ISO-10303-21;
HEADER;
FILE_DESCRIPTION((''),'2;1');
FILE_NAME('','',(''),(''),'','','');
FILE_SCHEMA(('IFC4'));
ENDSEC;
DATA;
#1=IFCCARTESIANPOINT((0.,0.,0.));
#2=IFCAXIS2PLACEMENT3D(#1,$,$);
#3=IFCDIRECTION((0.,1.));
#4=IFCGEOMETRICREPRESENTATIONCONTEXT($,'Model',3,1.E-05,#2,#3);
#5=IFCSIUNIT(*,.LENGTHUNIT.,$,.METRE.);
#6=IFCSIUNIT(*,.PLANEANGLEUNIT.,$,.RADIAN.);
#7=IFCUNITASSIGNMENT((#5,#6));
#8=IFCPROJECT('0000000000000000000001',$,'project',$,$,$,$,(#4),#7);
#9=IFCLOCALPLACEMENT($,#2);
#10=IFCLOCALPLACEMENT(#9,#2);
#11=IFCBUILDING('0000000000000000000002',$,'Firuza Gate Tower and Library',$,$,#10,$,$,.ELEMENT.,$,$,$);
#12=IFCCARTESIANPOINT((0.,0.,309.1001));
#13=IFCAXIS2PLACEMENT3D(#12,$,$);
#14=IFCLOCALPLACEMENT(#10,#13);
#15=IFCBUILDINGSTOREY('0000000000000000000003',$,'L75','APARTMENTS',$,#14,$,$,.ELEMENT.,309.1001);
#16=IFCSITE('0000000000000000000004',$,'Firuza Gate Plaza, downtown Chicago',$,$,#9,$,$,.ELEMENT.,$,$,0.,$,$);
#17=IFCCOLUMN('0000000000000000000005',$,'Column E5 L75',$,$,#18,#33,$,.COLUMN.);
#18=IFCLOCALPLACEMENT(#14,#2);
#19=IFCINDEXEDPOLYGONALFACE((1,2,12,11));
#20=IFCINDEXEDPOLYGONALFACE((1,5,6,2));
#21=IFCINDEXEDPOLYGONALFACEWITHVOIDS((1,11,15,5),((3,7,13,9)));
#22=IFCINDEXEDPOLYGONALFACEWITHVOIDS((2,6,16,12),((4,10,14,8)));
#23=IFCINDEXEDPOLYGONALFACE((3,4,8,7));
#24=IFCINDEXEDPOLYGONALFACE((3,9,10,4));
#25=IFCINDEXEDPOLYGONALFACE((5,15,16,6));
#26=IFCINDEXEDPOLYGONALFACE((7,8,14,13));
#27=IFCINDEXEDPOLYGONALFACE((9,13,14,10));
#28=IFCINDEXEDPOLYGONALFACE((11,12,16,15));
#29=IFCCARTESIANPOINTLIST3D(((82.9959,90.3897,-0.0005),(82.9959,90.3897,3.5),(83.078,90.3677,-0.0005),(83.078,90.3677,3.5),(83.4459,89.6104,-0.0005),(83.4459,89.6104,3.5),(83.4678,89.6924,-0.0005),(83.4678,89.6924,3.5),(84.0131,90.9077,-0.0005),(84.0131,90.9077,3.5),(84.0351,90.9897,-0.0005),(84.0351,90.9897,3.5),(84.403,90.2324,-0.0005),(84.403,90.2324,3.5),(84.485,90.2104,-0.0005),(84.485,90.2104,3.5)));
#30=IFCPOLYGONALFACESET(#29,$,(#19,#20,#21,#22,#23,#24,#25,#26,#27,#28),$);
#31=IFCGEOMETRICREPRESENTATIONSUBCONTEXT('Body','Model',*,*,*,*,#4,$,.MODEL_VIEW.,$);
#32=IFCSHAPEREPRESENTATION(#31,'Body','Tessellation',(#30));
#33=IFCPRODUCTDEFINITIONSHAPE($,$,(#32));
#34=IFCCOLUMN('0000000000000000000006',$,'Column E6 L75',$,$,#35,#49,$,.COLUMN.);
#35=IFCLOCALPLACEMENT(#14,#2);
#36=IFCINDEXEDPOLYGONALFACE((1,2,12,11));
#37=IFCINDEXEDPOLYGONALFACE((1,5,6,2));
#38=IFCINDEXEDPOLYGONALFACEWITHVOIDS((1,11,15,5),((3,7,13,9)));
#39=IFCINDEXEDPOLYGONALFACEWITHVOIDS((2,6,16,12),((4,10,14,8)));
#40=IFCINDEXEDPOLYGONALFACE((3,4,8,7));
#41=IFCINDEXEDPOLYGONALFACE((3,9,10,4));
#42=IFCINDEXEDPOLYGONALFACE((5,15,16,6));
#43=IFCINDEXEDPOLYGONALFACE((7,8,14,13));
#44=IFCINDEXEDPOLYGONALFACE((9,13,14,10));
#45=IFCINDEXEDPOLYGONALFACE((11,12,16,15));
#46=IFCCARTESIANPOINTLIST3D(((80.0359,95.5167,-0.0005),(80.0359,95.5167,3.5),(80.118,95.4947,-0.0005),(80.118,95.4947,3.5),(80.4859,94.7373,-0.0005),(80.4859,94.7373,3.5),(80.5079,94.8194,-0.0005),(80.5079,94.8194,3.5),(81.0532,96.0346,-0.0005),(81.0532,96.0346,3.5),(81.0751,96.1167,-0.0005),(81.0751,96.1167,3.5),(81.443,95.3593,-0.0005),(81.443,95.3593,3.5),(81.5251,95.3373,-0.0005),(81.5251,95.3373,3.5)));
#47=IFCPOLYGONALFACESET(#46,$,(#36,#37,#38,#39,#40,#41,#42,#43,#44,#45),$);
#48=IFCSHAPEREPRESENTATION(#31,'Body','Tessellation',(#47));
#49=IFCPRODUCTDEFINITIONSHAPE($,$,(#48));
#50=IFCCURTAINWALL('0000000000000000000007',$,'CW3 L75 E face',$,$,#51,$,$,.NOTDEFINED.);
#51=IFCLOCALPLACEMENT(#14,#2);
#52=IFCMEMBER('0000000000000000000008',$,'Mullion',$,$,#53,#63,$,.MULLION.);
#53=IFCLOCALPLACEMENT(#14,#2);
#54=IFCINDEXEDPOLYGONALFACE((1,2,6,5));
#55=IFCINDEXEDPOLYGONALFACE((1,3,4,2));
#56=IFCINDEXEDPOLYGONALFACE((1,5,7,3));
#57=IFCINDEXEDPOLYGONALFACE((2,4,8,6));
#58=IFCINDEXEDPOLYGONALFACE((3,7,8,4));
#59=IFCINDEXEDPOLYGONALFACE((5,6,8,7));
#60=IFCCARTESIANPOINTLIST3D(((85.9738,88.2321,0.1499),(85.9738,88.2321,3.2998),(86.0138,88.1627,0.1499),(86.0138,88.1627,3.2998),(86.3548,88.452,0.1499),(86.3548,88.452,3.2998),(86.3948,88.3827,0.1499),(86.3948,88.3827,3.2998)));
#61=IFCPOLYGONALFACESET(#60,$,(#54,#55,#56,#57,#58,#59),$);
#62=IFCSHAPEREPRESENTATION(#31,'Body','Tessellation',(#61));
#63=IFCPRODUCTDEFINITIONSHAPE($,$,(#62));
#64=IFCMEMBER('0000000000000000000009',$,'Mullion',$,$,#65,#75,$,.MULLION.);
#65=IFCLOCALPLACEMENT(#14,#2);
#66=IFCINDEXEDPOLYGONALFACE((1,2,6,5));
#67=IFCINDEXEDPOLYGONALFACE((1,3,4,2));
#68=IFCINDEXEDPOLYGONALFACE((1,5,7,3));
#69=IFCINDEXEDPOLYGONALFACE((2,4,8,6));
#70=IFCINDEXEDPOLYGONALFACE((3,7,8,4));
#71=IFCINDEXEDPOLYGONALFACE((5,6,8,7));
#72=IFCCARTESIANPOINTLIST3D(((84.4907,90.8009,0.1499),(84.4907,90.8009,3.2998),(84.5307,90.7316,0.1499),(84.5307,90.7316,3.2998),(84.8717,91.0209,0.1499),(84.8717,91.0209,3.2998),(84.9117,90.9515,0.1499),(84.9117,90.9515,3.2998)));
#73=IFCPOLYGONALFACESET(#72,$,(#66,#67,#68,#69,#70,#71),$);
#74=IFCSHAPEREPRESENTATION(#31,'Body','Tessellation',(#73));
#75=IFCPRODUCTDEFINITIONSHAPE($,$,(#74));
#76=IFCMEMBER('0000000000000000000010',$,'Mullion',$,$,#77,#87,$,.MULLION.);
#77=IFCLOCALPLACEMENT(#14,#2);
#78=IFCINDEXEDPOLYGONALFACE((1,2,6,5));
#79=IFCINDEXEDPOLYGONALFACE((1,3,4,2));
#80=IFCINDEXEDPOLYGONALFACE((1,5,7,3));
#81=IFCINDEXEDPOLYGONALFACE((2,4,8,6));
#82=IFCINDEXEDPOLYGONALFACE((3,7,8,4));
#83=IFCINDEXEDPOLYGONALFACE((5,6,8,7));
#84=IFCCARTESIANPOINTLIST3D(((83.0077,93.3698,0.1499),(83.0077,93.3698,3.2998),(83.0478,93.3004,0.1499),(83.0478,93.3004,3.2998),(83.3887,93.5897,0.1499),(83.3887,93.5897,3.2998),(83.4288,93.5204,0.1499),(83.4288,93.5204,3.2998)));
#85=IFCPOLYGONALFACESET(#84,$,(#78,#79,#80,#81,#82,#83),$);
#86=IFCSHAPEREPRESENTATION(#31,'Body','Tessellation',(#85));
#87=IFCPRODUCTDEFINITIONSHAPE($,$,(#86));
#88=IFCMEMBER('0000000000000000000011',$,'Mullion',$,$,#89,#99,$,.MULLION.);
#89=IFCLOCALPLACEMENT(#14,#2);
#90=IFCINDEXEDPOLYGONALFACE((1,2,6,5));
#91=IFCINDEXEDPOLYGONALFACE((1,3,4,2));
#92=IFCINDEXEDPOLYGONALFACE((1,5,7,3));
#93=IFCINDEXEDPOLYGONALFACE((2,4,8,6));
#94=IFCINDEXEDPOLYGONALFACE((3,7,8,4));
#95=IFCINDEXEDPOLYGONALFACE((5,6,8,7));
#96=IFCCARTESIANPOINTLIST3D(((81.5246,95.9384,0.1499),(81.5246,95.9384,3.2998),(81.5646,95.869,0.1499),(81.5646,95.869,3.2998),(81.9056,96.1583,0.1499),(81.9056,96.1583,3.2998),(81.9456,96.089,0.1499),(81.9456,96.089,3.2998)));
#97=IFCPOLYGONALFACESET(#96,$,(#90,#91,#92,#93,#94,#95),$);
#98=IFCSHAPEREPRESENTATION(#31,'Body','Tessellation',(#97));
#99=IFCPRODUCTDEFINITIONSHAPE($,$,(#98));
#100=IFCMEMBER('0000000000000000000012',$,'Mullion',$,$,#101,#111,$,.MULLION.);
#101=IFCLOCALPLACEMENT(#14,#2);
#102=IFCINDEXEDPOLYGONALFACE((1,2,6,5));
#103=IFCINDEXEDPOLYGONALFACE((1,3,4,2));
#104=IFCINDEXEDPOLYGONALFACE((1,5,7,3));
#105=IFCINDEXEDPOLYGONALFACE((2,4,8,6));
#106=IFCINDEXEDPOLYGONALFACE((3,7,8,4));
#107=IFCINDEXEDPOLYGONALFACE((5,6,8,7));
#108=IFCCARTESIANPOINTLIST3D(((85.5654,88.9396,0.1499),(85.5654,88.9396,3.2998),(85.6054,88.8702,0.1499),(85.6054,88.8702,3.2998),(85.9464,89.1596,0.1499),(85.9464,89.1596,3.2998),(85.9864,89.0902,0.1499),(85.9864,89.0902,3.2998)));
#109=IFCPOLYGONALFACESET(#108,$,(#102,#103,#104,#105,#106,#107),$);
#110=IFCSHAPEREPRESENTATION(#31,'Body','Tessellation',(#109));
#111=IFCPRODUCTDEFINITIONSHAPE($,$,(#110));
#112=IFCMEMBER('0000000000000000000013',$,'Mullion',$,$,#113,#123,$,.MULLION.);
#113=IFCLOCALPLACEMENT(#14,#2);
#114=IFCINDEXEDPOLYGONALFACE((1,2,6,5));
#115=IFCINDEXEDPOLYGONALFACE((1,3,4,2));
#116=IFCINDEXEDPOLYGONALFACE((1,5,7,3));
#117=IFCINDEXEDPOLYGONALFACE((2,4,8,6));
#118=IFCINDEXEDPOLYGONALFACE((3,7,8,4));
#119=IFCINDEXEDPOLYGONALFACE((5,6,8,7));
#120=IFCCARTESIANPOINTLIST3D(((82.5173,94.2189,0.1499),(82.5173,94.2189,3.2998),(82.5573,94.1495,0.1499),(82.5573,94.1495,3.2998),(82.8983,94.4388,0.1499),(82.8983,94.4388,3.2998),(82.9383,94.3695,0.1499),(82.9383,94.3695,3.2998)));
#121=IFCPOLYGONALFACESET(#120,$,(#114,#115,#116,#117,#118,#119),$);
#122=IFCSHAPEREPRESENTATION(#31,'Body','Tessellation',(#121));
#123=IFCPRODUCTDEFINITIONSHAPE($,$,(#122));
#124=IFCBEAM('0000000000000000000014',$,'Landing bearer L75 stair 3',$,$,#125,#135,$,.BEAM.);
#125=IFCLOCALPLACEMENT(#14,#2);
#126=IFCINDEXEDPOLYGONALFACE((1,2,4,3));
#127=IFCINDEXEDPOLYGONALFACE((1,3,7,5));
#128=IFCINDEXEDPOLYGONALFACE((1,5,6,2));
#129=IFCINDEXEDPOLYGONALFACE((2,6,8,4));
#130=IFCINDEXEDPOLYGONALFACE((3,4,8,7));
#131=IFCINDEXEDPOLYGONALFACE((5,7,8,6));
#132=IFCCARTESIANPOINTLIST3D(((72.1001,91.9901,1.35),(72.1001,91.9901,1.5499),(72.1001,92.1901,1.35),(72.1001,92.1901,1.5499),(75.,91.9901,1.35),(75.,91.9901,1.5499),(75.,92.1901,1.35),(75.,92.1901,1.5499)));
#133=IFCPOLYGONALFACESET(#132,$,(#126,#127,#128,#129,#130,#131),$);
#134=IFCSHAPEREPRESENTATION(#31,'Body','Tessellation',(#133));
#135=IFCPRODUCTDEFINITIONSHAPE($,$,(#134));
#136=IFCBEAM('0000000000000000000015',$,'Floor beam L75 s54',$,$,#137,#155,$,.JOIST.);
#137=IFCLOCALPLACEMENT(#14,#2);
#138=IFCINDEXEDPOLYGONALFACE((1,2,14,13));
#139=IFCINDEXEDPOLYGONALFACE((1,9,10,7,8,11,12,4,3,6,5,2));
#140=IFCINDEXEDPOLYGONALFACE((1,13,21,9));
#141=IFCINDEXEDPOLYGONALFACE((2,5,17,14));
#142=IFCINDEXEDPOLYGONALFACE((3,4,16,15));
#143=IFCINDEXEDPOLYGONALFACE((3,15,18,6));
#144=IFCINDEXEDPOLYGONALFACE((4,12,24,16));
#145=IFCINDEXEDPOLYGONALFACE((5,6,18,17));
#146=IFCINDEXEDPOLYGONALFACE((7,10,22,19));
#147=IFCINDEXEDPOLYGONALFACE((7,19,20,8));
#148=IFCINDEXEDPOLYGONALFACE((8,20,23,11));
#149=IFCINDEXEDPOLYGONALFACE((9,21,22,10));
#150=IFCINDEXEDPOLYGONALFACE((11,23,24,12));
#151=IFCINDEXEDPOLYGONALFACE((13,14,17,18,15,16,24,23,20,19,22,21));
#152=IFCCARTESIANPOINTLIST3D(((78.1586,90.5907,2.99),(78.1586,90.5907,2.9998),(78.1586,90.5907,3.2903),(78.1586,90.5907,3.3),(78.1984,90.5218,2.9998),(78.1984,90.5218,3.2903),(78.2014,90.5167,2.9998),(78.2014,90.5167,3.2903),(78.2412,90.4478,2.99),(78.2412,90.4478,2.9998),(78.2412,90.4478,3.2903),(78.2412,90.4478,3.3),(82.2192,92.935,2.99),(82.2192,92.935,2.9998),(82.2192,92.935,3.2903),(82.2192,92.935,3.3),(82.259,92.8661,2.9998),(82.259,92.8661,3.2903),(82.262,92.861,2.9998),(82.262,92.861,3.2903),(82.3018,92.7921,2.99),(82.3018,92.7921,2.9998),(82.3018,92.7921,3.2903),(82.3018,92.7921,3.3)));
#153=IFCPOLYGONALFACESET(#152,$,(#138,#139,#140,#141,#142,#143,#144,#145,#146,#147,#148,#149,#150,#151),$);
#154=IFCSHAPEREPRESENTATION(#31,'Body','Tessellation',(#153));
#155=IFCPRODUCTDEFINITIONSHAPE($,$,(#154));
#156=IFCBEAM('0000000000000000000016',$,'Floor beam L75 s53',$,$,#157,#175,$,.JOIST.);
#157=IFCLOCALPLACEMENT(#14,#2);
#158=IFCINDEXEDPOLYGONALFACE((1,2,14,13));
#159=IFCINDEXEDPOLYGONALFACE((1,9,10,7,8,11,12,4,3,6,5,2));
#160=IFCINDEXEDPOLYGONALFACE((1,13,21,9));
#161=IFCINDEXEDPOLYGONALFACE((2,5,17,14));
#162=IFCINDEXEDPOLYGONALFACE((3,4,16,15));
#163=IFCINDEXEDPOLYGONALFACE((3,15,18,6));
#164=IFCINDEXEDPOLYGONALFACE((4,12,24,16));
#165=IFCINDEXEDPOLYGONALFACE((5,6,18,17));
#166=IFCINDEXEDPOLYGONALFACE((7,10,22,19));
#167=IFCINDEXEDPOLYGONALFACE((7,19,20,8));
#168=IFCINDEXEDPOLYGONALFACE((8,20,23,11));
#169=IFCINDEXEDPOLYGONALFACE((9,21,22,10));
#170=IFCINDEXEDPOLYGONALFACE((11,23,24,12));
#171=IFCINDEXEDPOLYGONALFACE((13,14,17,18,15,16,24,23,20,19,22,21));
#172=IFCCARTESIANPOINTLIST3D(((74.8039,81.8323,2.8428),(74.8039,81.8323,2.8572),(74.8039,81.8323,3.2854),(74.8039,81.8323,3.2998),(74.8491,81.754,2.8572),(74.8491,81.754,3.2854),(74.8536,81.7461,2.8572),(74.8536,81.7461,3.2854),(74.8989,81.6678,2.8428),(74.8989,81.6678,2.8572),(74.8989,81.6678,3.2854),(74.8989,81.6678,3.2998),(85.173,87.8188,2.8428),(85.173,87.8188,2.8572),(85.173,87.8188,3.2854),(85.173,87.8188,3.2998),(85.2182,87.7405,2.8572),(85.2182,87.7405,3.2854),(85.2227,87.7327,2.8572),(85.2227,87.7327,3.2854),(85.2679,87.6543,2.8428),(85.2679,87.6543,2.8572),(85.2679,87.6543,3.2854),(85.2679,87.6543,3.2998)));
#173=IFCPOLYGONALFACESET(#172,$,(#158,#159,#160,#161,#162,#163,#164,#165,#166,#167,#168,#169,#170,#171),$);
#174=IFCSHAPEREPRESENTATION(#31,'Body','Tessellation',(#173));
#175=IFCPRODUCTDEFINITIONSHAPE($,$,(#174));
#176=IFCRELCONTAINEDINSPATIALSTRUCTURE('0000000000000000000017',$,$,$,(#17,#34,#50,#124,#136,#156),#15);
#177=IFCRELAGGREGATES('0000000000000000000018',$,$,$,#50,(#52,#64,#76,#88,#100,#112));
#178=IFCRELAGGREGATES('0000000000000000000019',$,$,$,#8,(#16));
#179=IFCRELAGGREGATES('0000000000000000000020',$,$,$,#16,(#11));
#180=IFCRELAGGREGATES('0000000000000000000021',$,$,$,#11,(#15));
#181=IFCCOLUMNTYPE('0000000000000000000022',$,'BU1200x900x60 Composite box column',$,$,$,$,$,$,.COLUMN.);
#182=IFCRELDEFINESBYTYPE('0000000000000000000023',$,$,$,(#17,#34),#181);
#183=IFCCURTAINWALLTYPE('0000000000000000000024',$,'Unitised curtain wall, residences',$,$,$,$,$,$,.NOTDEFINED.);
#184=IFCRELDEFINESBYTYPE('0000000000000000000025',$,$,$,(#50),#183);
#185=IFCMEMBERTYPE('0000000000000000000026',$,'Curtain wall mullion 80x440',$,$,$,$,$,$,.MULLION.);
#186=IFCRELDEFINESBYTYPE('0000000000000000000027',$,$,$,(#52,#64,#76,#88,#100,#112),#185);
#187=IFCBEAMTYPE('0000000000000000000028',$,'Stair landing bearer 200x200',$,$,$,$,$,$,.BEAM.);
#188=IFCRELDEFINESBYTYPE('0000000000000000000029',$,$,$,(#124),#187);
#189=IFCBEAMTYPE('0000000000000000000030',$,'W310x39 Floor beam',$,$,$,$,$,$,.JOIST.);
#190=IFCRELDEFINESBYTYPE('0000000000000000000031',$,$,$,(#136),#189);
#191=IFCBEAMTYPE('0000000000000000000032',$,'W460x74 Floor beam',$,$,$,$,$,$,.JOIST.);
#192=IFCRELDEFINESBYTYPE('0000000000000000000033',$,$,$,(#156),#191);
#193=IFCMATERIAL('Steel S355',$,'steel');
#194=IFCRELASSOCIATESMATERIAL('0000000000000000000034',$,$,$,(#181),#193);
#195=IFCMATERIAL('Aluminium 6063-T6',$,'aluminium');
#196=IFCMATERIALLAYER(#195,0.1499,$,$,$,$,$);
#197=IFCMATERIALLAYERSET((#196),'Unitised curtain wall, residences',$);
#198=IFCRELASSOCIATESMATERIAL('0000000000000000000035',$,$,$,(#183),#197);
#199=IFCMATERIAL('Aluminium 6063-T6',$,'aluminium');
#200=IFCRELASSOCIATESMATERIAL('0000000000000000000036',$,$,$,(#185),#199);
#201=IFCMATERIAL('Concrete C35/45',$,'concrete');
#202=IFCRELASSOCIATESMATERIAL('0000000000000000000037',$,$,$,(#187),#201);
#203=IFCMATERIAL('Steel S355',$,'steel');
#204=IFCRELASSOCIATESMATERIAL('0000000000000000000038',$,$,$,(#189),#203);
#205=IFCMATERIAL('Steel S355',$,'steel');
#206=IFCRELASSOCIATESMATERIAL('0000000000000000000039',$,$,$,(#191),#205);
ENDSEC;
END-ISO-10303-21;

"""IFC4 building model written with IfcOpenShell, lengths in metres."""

from ifc_helpers import new_model, si_unit, direction, frame, origin, origin_2d, place, context, subcontext, project, spatial, rectangle, hollow_rectangle, i_section, extrude, material, layer, layer_set, material_profile, profile_set, type_object, element, aggregate, save


model = new_model("IFC4")

# Units and contexts
model_context = context("Model", 3, precision=1e-05, world=origin(), true_north=direction((0.0, 1.0)))
body_context = subcontext(model_context, "Body", "Model", "MODEL_VIEW")
ifc_project = project(units=[si_unit("LENGTHUNIT", "METRE"), si_unit("PLANEANGLEUNIT", "RADIAN")], contexts=[model_context])

# Site, building, storey
site_placement = place(None, origin())
site = spatial("IfcSite", under=ifc_project, at=site_placement, Name="Firuza Gate Plaza, downtown Chicago", CompositionType="ELEMENT", RefElevation=0.0)
building_placement = place(site_placement, origin())
building = spatial("IfcBuilding", under=site, at=building_placement, Name="Firuza Gate Tower and Library", CompositionType="ELEMENT")
storey_placement = place(building_placement, frame((0.0, 0.0, 309.1001)))
storey = spatial("IfcBuildingStorey", under=building, at=storey_placement, Name="L75", Description="APARTMENTS", CompositionType="ELEMENT", Elevation=309.1001)

# Columns
ifc_material_1 = material(Name="Steel S355", Category="steel")
ifc_material_profile_1 = material_profile(ifc_material_1, hollow_rectangle(XDim=0.8999, YDim=1.2, WallThickness=0.0601, at=origin_2d()))
ifc_profile_set_1 = profile_set([ifc_material_profile_1], Name="Steel S355")
column_type = type_object("IfcColumnType", Name="BU1200x900x60 Composite box column", PredefinedType="COLUMN", material=ifc_profile_set_1)
for number, where, z_axis, x_axis, name in (
    (1, (83.7405, 90.3, -0.0005), (0.0, 0.0, 1.0), (-0.5, 0.866025, 0.0), "Column E5 L75"),
    (2, (80.7805, 95.427, -0.0005), (0.0, 0.0, 1.0), (-0.5, 0.866025, 0.0), "Column E6 L75"),
):
    element("IfcColumn", number, at=place(storey_placement, frame(where, z_axis=z_axis, x_axis=x_axis)), inside=storey, type_object=column_type, Name=name, PredefinedType="COLUMN", context=body_context, shape_type="SweptSolid", body=[
        extrude(hollow_rectangle(XDim=0.8999, YDim=1.2, WallThickness=0.0601, at=origin_2d()), origin(), (0.0, 0.0, 1.0), 3.5005),
    ])

# Curtain wall, members
ifc_material_2 = material(Name="Aluminium 6063-T6", Category="aluminium")
ifc_layer_1 = layer(ifc_material_2, 0.1499)
ifc_layer_set_1 = layer_set([ifc_layer_1], Name="Unitised curtain wall, residences")
curtain_wall_type = type_object("IfcCurtainWallType", Name="Unitised curtain wall, residences", PredefinedType="NOTDEFINED", material=ifc_layer_set_1)
curtain_wall_placement = place(storey_placement, origin())
curtain_wall = element("IfcCurtainWall", 3, at=curtain_wall_placement, inside=storey, type_object=curtain_wall_type, Name="CW3 L75 E face", PredefinedType="NOTDEFINED")
ifc_material_3 = material(Name="Aluminium 6063-T6", Category="aluminium")
ifc_material_profile_2 = material_profile(ifc_material_3, rectangle(XDim=0.4399, YDim=0.0801, at=origin_2d()))
ifc_profile_set_2 = profile_set([ifc_material_profile_2], Name="Aluminium 6063-T6")
member_type = type_object("IfcMemberType", Name="Curtain wall mullion 80x440", PredefinedType="MULLION", material=ifc_profile_set_2)
member_1_placement = place(storey_placement, frame((86.1843, 88.3074, 0.1499), z_axis=(0.0, 0.0, 1.0), x_axis=(-0.866025, -0.5, 0.0)))
member_1 = element("IfcMember", 4, at=member_1_placement, type_object=member_type, Name="Mullion", PredefinedType="MULLION", context=body_context, shape_type="SweptSolid", body=[
    extrude(rectangle(XDim=0.4399, YDim=0.0801, at=origin_2d()), origin(), (0.0, 0.0, 1.0), 3.1499),
])
member_2_placement = place(storey_placement, frame((84.7012, 90.8762, 0.1499), z_axis=(0.0, 0.0, 1.0), x_axis=(-0.866025, -0.5, 0.0)))
member_2 = element("IfcMember", 5, at=member_2_placement, type_object=member_type, Name="Mullion", PredefinedType="MULLION", context=body_context, shape_type="SweptSolid", body=[
    extrude(rectangle(XDim=0.4399, YDim=0.0801, at=origin_2d()), origin(), (0.0, 0.0, 1.0), 3.1499),
])
member_3_placement = place(storey_placement, frame((83.2183, 93.4451, 0.1499), z_axis=(0.0, 0.0, 1.0), x_axis=(-0.866025, -0.5, 0.0)))
member_3 = element("IfcMember", 6, at=member_3_placement, type_object=member_type, Name="Mullion", PredefinedType="MULLION", context=body_context, shape_type="SweptSolid", body=[
    extrude(rectangle(XDim=0.4399, YDim=0.0801, at=origin_2d()), origin(), (0.0, 0.0, 1.0), 3.1499),
])
member_4_placement = place(storey_placement, frame((81.7351, 96.0137, 0.1499), z_axis=(0.0, 0.0, 1.0), x_axis=(-0.866025, -0.5, 0.0)))
member_4 = element("IfcMember", 7, at=member_4_placement, type_object=member_type, Name="Mullion", PredefinedType="MULLION", context=body_context, shape_type="SweptSolid", body=[
    extrude(rectangle(XDim=0.4399, YDim=0.0801, at=origin_2d()), origin(), (0.0, 0.0, 1.0), 3.1499),
])
member_5_placement = place(storey_placement, frame((85.7759, 89.0149, 0.1499), z_axis=(0.0, 0.0, 1.0), x_axis=(-0.866025, -0.5, 0.0)))
member_5 = element("IfcMember", 8, at=member_5_placement, type_object=member_type, Name="Mullion", PredefinedType="MULLION", context=body_context, shape_type="SweptSolid", body=[
    extrude(rectangle(XDim=0.4399, YDim=0.0801, at=origin_2d()), origin(), (0.0, 0.0, 1.0), 3.1499),
])
member_6_placement = place(storey_placement, frame((82.7278, 94.2942, 0.1499), z_axis=(0.0, 0.0, 1.0), x_axis=(-0.866025, -0.5, 0.0)))
member_6 = element("IfcMember", 9, at=member_6_placement, type_object=member_type, Name="Mullion", PredefinedType="MULLION", context=body_context, shape_type="SweptSolid", body=[
    extrude(rectangle(XDim=0.4399, YDim=0.0801, at=origin_2d()), origin(), (0.0, 0.0, 1.0), 3.1499),
])

# Beams
ifc_material_4 = material(Name="Concrete C35/45", Category="concrete")
ifc_material_profile_3 = material_profile(ifc_material_4, rectangle(XDim=0.2, YDim=0.2, at=origin_2d()))
ifc_profile_set_3 = profile_set([ifc_material_profile_3], Name="Concrete C35/45")
beam_type_1 = type_object("IfcBeamType", Name="Stair landing bearer 200x200", PredefinedType="BEAM", material=ifc_profile_set_3)
beam_1_placement = place(storey_placement, frame((75.0, 92.0901, 1.45), z_axis=(-1.0, 0.0, 0.0), x_axis=(0.0, -1.0, 0.0)))
element("IfcBeam", 10, at=beam_1_placement, inside=storey, type_object=beam_type_1, Name="Landing bearer L75 stair 3", PredefinedType="BEAM", context=body_context, shape_type="SweptSolid", body=[
    extrude(rectangle(XDim=0.2, YDim=0.2, at=origin_2d()), origin(), (0.0, 0.0, 1.0), 2.8999),
])
ifc_material_5 = material(Name="Steel S355", Category="steel")
ifc_material_profile_4 = material_profile(ifc_material_5, i_section(OverallWidth=0.165, OverallDepth=0.3101, WebThickness=0.0059, FlangeThickness=0.0098, at=origin_2d()))
ifc_profile_set_4 = profile_set([ifc_material_profile_4], Name="Steel S355")
beam_type_2 = type_object("IfcBeamType", Name="W310x39 Floor beam", PredefinedType="JOIST", material=ifc_profile_set_4)
beam_2_placement = place(storey_placement, frame((82.2605, 92.8635, 3.145), z_axis=(-0.866036, -0.499981, 0.0), x_axis=(0.499981, -0.866036, 0.0)))
element("IfcBeam", 11, at=beam_2_placement, inside=storey, type_object=beam_type_2, Name="Floor beam L75 s54", PredefinedType="JOIST", context=body_context, shape_type="SweptSolid", body=[
    extrude(i_section(OverallWidth=0.165, OverallDepth=0.3101, WebThickness=0.0059, FlangeThickness=0.0098, at=origin_2d()), origin(), (0.0, 0.0, 1.0), 4.6887),
])
ifc_material_6 = material(Name="Steel S355", Category="steel")
ifc_material_profile_5 = material_profile(ifc_material_6, i_section(OverallWidth=0.1899, OverallDepth=0.457, WebThickness=0.009, FlangeThickness=0.0144, at=origin_2d()))
ifc_profile_set_5 = profile_set([ifc_material_profile_5], Name="Steel S355")
beam_type_3 = type_object("IfcBeamType", Name="W460x74 Floor beam", PredefinedType="JOIST", material=ifc_profile_set_5)
beam_3_placement = place(storey_placement, frame((85.2205, 87.7366, 3.0713), z_axis=(-0.866027, -0.499997, 0.0), x_axis=(0.499997, -0.866027, 0.0)))
element("IfcBeam", 12, at=beam_3_placement, inside=storey, type_object=beam_type_3, Name="Floor beam L75 s53", PredefinedType="JOIST", context=body_context, shape_type="SweptSolid", body=[
    extrude(i_section(OverallWidth=0.1899, OverallDepth=0.457, WebThickness=0.009, FlangeThickness=0.0144, at=origin_2d()), origin(), (0.0, 0.0, 1.0), 11.9731),
])

aggregate(curtain_wall, [member_1, member_2, member_3, member_4, member_5, member_6])

save(model, "model.ifc")
